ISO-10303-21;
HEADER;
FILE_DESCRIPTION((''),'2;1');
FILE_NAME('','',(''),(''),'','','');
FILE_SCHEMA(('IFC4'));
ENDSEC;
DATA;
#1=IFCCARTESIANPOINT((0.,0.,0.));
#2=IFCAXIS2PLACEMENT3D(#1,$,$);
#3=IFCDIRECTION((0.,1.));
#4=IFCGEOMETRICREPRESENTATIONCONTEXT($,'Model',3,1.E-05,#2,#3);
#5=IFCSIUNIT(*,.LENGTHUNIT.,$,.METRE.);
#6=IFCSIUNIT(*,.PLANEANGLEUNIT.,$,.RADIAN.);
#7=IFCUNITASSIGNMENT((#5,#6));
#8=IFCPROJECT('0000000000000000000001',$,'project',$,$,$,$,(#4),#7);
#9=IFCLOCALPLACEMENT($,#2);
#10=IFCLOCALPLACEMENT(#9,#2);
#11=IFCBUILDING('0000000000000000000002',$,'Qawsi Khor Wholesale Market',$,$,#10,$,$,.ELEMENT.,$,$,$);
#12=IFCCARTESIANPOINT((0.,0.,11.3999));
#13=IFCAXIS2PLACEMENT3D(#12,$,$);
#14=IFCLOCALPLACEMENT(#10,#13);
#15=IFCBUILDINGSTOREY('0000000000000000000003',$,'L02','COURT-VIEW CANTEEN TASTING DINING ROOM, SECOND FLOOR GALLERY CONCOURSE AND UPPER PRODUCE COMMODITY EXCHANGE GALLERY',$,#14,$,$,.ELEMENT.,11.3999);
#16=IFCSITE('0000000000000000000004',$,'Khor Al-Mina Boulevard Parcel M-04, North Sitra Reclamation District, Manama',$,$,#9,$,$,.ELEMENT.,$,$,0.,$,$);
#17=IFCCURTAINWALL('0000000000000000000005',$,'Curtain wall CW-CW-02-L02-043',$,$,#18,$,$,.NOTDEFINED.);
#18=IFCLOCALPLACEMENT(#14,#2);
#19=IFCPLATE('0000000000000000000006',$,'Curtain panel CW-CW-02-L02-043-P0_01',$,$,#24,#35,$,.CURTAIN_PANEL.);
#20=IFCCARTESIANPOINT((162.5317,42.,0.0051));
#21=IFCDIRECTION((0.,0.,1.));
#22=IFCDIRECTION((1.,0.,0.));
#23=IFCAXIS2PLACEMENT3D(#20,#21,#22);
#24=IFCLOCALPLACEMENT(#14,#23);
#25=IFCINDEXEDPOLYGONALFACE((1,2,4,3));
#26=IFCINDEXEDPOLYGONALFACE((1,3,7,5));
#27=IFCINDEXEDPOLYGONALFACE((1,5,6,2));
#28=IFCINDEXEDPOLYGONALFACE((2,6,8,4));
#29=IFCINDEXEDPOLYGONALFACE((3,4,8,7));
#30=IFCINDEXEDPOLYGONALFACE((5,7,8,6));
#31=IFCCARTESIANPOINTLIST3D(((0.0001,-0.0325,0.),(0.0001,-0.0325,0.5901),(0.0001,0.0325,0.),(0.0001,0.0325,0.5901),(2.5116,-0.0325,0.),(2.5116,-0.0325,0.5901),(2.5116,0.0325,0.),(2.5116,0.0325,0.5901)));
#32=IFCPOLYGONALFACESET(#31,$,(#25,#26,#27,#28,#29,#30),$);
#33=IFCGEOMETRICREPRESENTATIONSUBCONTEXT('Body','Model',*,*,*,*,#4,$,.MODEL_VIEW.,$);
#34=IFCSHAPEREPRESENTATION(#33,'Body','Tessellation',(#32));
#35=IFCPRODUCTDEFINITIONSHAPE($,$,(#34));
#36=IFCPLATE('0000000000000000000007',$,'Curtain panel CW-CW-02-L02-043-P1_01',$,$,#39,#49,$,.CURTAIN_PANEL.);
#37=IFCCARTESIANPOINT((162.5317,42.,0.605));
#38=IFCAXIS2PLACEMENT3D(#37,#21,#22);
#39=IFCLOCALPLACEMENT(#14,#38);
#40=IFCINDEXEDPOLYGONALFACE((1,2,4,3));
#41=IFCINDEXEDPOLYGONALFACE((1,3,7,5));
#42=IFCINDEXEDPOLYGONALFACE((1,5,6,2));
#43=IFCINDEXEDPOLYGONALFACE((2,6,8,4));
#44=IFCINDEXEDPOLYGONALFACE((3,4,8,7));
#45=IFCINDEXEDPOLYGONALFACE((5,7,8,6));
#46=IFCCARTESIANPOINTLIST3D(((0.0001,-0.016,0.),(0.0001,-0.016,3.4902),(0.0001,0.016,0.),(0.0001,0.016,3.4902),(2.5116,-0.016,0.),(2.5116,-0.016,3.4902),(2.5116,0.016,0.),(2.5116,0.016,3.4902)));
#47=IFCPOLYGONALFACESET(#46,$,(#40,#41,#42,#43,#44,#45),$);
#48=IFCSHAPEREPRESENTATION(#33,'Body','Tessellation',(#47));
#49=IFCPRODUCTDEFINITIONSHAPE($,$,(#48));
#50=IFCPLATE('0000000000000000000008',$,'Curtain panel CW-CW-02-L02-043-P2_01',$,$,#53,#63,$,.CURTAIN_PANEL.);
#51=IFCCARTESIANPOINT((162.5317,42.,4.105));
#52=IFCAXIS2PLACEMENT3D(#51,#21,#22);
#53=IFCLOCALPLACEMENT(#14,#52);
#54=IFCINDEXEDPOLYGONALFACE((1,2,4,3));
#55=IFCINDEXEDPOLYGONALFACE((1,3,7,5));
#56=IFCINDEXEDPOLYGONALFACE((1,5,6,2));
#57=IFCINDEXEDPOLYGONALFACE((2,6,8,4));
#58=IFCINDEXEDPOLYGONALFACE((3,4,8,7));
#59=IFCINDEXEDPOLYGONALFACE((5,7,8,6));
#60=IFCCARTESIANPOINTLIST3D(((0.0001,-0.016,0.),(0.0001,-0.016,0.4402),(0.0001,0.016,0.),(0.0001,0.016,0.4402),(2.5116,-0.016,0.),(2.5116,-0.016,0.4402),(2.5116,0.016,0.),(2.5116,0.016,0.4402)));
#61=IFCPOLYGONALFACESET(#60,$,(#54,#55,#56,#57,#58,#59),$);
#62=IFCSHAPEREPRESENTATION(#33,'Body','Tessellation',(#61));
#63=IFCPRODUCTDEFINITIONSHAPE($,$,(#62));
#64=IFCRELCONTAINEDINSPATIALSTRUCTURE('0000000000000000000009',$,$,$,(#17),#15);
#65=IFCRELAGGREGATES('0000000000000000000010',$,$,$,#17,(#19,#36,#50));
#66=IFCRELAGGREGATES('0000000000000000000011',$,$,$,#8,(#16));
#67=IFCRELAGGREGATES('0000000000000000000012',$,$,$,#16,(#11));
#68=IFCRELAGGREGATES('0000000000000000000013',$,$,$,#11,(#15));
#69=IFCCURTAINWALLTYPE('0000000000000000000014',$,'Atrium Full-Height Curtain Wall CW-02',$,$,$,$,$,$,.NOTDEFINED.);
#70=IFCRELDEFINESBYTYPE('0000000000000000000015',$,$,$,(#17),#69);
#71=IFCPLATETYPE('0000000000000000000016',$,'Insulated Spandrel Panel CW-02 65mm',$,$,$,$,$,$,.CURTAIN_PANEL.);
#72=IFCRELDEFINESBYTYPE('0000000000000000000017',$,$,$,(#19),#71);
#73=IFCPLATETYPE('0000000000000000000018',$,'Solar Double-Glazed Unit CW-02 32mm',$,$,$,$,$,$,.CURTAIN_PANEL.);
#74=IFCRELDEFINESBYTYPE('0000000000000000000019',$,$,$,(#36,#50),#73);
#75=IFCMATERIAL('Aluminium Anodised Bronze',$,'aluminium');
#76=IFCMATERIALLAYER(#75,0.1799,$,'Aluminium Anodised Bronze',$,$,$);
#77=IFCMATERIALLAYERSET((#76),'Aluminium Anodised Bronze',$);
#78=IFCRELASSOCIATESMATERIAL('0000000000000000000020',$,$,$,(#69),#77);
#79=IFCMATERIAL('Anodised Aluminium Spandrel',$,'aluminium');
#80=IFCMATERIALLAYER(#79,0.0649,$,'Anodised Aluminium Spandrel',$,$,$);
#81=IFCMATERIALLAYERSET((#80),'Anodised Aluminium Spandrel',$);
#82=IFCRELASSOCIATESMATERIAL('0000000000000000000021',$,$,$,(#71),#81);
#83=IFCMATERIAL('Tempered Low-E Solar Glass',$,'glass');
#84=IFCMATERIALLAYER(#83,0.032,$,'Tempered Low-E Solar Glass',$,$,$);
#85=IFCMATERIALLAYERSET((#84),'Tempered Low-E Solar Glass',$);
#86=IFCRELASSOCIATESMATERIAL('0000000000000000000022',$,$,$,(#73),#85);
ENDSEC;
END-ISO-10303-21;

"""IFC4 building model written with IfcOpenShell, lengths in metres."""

from ifc_helpers import new_model, si_unit, direction, frame, frame_2d, origin, place, context, subcontext, project, spatial, rectangle, extrude, material, layer, layer_set, type_object, element, aggregate, save


model = new_model("IFC4")

# Units and contexts
model_context = context("Model", 3, precision=1e-05, world=origin(), true_north=direction((0.0, 1.0)))
body_context = subcontext(model_context, "Body", "Model", "MODEL_VIEW")
ifc_project = project(units=[si_unit("LENGTHUNIT", "METRE"), si_unit("PLANEANGLEUNIT", "RADIAN")], contexts=[model_context])

# Site, building, storey
site_placement = place(None, origin())
site = spatial("IfcSite", under=ifc_project, at=site_placement, Name="Khor Al-Mina Boulevard Parcel M-04, North Sitra Reclamation District, Manama", CompositionType="ELEMENT", RefElevation=0.0)
building_placement = place(site_placement, origin())
building = spatial("IfcBuilding", under=site, at=building_placement, Name="Qawsi Khor Wholesale Market", CompositionType="ELEMENT")
storey_placement = place(building_placement, frame((0.0, 0.0, 11.3999)))
storey = spatial("IfcBuildingStorey", under=building, at=storey_placement, Name="L02", Description="COURT-VIEW CANTEEN TASTING DINING ROOM, SECOND FLOOR GALLERY CONCOURSE AND UPPER PRODUCE COMMODITY EXCHANGE GALLERY", CompositionType="ELEMENT", Elevation=11.3999)

# Curtain wall, plates
ifc_material_1 = material(Name="Aluminium Anodised Bronze", Category="aluminium")
ifc_layer_1 = layer(ifc_material_1, 0.1799, Name="Aluminium Anodised Bronze")
ifc_layer_set_1 = layer_set([ifc_layer_1], Name="Aluminium Anodised Bronze")
curtain_wall_type = type_object("IfcCurtainWallType", Name="Atrium Full-Height Curtain Wall CW-02", PredefinedType="NOTDEFINED", material=ifc_layer_set_1)
curtain_wall_placement = place(storey_placement, origin())
curtain_wall = element("IfcCurtainWall", 1, at=curtain_wall_placement, inside=storey, type_object=curtain_wall_type, Name="Curtain wall CW-CW-02-L02-043", PredefinedType="NOTDEFINED")
ifc_material_2 = material(Name="Anodised Aluminium Spandrel", Category="aluminium")
ifc_layer_2 = layer(ifc_material_2, 0.0649, Name="Anodised Aluminium Spandrel")
ifc_layer_set_2 = layer_set([ifc_layer_2], Name="Anodised Aluminium Spandrel")
plate_type_1 = type_object("IfcPlateType", Name="Insulated Spandrel Panel CW-02 65mm", PredefinedType="CURTAIN_PANEL", material=ifc_layer_set_2)
plate_1_placement = place(storey_placement, frame((162.5317, 42.0, 0.0051), z_axis=(0.0, 0.0, 1.0), x_axis=(1.0, 0.0, 0.0)))
plate_1 = element("IfcPlate", 2, at=plate_1_placement, type_object=plate_type_1, Name="Curtain panel CW-CW-02-L02-043-P0_01", PredefinedType="CURTAIN_PANEL", context=body_context, shape_type="SweptSolid", body=[
    extrude(rectangle(XDim=2.5115, YDim=0.0649, at=frame_2d((1.2559, 0.0))), origin(), (0.0, 0.0, 1.0), 0.5901),
])
ifc_material_3 = material(Name="Tempered Low-E Solar Glass", Category="glass")
ifc_layer_3 = layer(ifc_material_3, 0.032, Name="Tempered Low-E Solar Glass")
ifc_layer_set_3 = layer_set([ifc_layer_3], Name="Tempered Low-E Solar Glass")
plate_type_2 = type_object("IfcPlateType", Name="Solar Double-Glazed Unit CW-02 32mm", PredefinedType="CURTAIN_PANEL", material=ifc_layer_set_3)
plate_2_placement = place(storey_placement, frame((162.5317, 42.0, 0.605), z_axis=(0.0, 0.0, 1.0), x_axis=(1.0, 0.0, 0.0)))
plate_2 = element("IfcPlate", 3, at=plate_2_placement, type_object=plate_type_2, Name="Curtain panel CW-CW-02-L02-043-P1_01", PredefinedType="CURTAIN_PANEL", context=body_context, shape_type="SweptSolid", body=[
    extrude(rectangle(XDim=2.5115, YDim=0.032, at=frame_2d((1.2559, 0.0))), origin(), (0.0, 0.0, 1.0), 3.4902),
])
plate_3_placement = place(storey_placement, frame((162.5317, 42.0, 4.105), z_axis=(0.0, 0.0, 1.0), x_axis=(1.0, 0.0, 0.0)))
plate_3 = element("IfcPlate", 4, at=plate_3_placement, type_object=plate_type_2, Name="Curtain panel CW-CW-02-L02-043-P2_01", PredefinedType="CURTAIN_PANEL", context=body_context, shape_type="SweptSolid", body=[
    extrude(rectangle(XDim=2.5115, YDim=0.032, at=frame_2d((1.2559, 0.0))), origin(), (0.0, 0.0, 1.0), 0.4402),
])
aggregate(curtain_wall, [plate_1, plate_2, plate_3])

save(model, "model.ifc")
